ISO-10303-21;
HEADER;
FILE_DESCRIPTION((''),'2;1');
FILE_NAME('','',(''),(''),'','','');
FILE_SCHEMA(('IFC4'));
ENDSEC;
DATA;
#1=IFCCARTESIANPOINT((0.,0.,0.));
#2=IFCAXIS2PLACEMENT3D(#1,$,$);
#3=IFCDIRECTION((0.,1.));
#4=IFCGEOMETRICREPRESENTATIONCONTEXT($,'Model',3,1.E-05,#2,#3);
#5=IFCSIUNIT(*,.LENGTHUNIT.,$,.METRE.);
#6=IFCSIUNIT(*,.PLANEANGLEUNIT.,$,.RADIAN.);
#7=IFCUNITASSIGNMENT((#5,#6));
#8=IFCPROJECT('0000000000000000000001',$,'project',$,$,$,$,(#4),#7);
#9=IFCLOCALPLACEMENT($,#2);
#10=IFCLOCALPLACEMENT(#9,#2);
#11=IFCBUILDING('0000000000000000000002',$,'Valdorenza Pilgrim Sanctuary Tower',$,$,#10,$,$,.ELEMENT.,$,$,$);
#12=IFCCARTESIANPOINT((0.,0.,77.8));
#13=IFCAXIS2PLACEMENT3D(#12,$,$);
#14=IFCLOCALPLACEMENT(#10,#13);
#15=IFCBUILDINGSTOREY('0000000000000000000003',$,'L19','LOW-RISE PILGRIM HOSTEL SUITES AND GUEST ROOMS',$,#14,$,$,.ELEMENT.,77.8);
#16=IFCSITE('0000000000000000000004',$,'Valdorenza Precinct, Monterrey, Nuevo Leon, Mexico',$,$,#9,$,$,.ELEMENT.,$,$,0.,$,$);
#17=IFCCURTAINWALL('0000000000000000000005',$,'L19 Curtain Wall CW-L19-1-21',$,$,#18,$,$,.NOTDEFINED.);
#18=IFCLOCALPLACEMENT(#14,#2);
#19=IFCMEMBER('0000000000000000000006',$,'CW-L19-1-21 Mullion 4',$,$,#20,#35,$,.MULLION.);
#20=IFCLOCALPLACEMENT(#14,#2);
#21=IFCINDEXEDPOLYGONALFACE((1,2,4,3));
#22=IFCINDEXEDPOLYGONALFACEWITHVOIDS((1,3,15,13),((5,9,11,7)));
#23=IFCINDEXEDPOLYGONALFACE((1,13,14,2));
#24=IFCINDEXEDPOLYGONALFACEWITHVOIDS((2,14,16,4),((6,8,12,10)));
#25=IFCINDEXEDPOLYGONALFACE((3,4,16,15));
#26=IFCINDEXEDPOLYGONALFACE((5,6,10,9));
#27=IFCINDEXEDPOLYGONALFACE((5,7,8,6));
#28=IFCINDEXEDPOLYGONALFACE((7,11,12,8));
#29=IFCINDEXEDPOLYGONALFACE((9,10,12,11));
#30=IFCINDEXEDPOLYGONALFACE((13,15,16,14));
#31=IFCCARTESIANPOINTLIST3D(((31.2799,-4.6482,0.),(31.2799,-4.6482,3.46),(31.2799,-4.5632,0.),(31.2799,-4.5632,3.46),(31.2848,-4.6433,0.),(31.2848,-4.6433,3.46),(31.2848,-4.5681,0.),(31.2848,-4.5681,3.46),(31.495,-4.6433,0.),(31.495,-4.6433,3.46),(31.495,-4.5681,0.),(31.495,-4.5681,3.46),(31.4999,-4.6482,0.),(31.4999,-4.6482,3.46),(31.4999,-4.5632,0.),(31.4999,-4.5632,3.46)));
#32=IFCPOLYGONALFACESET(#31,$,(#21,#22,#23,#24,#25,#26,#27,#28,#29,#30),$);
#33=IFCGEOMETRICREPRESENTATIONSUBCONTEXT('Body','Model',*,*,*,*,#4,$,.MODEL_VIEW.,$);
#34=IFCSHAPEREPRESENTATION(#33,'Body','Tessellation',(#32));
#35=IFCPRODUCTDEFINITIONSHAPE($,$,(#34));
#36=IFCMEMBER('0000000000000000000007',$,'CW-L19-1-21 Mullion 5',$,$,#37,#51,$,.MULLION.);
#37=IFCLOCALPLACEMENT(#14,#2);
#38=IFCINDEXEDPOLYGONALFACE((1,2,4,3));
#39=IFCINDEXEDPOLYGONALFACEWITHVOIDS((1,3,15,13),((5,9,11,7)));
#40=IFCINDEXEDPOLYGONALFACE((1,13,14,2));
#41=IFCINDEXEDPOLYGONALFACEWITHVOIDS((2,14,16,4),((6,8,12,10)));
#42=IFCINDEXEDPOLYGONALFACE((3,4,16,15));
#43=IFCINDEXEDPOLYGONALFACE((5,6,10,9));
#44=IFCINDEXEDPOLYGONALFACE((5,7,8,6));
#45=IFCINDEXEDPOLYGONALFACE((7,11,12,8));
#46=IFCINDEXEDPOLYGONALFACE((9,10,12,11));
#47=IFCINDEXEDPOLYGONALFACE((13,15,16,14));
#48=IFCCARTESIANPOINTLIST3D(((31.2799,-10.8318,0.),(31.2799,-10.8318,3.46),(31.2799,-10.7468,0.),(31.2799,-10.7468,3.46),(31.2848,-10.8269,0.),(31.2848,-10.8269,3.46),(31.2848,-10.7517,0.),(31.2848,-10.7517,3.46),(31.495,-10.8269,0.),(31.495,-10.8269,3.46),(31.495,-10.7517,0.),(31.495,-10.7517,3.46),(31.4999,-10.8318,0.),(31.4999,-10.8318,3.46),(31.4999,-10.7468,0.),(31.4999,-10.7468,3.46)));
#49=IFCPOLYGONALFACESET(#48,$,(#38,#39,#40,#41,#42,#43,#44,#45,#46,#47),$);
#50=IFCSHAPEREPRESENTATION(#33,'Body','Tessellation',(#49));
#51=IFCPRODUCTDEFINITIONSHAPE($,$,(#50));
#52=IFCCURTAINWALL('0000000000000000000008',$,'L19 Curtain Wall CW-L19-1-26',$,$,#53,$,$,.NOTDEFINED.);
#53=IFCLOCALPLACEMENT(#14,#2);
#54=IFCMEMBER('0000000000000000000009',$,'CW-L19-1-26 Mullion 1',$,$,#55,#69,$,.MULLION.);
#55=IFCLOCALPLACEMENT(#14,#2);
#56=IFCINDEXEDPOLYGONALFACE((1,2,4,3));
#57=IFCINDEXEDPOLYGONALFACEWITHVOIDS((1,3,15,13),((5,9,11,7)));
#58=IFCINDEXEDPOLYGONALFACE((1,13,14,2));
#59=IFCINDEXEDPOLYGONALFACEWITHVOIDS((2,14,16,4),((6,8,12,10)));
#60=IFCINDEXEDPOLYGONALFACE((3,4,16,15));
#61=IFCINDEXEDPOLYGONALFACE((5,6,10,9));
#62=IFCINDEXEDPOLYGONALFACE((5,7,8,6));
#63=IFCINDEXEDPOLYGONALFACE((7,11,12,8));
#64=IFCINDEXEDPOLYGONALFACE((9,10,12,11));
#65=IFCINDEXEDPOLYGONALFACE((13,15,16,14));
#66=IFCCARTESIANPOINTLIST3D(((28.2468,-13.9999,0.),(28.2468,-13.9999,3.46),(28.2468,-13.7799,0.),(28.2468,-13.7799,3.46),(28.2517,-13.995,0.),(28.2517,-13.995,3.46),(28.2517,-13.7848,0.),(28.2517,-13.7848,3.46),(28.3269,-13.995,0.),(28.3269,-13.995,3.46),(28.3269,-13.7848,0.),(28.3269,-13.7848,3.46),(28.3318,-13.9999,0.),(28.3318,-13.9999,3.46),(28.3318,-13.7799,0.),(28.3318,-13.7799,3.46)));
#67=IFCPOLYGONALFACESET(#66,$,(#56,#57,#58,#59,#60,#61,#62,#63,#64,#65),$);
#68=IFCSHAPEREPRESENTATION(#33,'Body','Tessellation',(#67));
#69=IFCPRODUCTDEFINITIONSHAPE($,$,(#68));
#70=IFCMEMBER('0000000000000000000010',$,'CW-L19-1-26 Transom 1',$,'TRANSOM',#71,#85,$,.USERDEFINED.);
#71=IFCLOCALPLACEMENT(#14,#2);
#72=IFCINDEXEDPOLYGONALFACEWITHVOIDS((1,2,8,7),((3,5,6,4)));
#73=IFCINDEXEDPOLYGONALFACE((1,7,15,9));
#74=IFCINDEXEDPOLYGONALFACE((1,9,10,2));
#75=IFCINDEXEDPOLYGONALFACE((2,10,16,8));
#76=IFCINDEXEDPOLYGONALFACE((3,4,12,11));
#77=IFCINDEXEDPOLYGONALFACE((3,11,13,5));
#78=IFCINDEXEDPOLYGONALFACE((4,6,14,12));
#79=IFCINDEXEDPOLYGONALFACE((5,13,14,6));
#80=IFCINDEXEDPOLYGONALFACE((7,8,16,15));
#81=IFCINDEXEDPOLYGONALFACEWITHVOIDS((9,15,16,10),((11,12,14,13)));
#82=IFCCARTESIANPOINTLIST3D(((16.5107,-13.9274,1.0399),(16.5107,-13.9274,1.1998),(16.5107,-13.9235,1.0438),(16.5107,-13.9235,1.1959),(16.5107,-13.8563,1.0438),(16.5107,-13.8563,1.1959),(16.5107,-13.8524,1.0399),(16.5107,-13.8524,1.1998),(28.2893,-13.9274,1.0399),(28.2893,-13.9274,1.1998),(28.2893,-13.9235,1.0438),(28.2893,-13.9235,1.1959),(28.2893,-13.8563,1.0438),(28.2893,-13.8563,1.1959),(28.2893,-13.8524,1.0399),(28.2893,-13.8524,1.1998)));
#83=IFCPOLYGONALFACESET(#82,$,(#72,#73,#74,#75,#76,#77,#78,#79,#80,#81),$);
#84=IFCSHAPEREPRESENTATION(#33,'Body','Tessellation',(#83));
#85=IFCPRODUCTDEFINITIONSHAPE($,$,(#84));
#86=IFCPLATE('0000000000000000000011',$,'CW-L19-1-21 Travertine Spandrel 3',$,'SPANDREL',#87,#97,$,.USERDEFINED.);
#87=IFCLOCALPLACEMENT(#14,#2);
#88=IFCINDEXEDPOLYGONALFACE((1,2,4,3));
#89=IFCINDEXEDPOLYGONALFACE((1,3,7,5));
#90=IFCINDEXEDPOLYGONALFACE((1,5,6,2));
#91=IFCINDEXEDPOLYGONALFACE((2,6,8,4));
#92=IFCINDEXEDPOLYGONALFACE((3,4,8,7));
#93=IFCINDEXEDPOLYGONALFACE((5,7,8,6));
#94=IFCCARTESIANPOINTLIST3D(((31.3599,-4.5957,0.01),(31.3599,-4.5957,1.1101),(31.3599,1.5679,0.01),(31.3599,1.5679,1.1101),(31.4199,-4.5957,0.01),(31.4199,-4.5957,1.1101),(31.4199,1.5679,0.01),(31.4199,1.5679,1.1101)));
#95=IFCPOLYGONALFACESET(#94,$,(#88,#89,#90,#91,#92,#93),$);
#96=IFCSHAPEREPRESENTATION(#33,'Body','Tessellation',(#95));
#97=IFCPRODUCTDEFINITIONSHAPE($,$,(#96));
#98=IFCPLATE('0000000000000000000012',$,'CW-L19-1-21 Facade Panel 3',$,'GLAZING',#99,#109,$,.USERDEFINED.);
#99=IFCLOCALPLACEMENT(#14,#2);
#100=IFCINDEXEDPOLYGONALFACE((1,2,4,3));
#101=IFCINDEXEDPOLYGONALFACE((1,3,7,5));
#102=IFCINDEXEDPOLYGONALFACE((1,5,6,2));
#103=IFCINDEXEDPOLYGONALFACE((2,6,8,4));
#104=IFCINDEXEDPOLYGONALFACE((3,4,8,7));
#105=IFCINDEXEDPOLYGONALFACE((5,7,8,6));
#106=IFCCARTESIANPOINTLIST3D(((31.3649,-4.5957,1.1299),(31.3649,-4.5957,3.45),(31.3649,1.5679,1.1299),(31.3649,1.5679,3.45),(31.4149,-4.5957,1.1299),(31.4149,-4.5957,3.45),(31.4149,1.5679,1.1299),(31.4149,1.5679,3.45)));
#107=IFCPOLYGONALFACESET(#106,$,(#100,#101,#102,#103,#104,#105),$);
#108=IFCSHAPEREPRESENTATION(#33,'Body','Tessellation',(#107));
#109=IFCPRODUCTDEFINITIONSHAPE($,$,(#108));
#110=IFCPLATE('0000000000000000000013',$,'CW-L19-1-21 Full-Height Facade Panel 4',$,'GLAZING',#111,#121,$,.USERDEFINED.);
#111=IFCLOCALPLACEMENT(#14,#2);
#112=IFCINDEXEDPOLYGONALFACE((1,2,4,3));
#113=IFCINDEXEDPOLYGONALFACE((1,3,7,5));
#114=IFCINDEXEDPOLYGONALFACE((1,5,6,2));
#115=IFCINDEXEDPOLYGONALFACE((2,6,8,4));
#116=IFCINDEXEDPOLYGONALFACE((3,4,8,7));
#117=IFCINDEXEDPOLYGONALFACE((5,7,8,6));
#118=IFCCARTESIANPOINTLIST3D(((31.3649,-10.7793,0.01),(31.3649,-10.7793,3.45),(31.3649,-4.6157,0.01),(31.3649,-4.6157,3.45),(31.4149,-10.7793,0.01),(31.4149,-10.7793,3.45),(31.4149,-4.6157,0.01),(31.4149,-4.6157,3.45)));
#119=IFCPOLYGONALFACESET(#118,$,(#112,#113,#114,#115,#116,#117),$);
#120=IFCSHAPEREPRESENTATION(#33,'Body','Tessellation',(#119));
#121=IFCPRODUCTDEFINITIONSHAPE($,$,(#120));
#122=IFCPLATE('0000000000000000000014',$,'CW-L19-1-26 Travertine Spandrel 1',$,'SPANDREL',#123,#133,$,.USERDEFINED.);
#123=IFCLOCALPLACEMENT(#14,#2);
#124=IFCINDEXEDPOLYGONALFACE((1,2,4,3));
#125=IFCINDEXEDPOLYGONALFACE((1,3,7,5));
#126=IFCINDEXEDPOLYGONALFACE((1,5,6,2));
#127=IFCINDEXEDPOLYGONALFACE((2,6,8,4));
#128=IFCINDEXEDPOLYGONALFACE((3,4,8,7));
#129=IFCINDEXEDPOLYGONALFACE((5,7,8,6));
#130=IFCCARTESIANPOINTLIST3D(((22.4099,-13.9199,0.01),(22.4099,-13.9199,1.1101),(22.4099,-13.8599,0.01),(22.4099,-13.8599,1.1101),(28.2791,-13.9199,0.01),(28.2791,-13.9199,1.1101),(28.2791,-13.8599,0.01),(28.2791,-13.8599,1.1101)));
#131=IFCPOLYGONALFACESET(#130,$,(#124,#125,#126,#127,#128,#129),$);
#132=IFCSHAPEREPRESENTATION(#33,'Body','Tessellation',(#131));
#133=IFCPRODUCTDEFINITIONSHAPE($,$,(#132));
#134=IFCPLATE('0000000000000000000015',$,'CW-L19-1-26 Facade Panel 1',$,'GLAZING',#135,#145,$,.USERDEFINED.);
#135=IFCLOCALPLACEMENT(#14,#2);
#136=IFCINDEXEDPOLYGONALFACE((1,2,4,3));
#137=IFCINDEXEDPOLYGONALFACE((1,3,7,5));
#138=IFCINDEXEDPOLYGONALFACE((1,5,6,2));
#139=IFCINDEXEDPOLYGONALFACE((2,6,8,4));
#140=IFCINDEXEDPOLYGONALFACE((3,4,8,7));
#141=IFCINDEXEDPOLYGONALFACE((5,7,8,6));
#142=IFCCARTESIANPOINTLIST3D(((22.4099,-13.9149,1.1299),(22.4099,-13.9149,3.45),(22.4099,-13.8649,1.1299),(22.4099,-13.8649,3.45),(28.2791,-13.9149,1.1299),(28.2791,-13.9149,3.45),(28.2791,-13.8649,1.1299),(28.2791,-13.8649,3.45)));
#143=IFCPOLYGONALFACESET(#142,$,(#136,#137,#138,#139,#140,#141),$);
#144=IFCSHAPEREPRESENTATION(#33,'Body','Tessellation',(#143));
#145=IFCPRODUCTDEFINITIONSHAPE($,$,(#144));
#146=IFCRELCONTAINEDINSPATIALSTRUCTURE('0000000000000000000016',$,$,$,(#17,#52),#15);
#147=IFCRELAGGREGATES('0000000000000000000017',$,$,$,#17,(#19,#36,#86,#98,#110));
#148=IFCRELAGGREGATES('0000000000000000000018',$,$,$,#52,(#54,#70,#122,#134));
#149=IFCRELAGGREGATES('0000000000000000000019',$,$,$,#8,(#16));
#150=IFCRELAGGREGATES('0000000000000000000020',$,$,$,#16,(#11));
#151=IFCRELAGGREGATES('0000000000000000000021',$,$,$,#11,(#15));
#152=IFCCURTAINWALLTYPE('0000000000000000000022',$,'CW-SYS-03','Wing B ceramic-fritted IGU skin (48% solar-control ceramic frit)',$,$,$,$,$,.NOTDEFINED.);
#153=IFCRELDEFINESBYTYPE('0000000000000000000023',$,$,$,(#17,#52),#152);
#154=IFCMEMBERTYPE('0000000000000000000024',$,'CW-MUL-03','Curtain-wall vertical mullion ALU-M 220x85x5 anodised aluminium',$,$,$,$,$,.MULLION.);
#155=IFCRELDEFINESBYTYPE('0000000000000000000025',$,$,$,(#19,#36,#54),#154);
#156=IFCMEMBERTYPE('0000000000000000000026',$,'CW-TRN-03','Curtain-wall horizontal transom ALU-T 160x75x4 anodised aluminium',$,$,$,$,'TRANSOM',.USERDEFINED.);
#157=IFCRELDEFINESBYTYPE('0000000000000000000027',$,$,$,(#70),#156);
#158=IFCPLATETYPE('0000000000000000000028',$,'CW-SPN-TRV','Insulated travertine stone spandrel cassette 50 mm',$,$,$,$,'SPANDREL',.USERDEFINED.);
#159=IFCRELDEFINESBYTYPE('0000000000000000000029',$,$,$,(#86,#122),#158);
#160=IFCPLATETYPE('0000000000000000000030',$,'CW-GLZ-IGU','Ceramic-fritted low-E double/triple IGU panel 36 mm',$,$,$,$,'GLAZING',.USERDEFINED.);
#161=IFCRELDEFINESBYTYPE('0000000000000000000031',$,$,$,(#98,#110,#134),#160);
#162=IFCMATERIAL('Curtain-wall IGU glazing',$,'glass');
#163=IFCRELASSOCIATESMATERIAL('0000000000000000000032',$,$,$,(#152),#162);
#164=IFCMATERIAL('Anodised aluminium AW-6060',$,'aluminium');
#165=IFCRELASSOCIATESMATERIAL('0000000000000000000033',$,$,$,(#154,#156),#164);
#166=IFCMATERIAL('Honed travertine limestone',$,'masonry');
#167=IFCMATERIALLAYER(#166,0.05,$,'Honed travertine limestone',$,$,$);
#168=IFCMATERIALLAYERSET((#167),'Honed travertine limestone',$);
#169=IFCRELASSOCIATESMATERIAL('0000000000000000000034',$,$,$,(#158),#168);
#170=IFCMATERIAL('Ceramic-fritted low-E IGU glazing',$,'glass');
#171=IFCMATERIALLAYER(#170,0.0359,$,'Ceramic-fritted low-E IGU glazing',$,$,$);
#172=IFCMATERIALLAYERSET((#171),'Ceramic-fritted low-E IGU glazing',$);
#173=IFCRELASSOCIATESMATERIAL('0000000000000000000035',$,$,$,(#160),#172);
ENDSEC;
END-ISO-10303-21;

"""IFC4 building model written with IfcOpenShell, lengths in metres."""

from ifc_helpers import new_model, si_unit, direction, frame, origin, origin_2d, place, context, subcontext, project, spatial, rectangle, hollow_rectangle, extrude, source, transform, mapped, material, layer, layer_set, material_profile, profile_set, type_object, element, aggregate, save


model = new_model("IFC4")

# Units and contexts
model_context = context("Model", 3, precision=1e-05, world=origin(), true_north=direction((0.0, 1.0)))
body_context = subcontext(model_context, "Body", "Model", "MODEL_VIEW")
ifc_project = project(units=[si_unit("LENGTHUNIT", "METRE"), si_unit("PLANEANGLEUNIT", "RADIAN")], contexts=[model_context])

# Site, building, storey
site_placement = place(None, origin())
site = spatial("IfcSite", under=ifc_project, at=site_placement, Name="Valdorenza Precinct, Monterrey, Nuevo Leon, Mexico", CompositionType="ELEMENT", RefElevation=0.0)
building_placement = place(site_placement, origin())
building = spatial("IfcBuilding", under=site, at=building_placement, Name="Valdorenza Pilgrim Sanctuary Tower", CompositionType="ELEMENT")
storey_placement = place(building_placement, frame((0.0, 0.0, 77.8)))
storey = spatial("IfcBuildingStorey", under=building, at=storey_placement, Name="L19", Description="LOW-RISE PILGRIM HOSTEL SUITES AND GUEST ROOMS", CompositionType="ELEMENT", Elevation=77.8)

# Curtain walls, members
ifc_material_1 = material(Name="Curtain-wall IGU glazing", Category="glass")
curtain_wall_type = type_object("IfcCurtainWallType", Name="CW-SYS-03", Description="Wing B ceramic-fritted IGU skin (48% solar-control ceramic frit)", PredefinedType="NOTDEFINED", material=ifc_material_1)
curtain_wall_1_placement = place(storey_placement, origin())
curtain_wall_1 = element("IfcCurtainWall", 1, at=curtain_wall_1_placement, inside=storey, type_object=curtain_wall_type, Name="L19 Curtain Wall CW-L19-1-21", PredefinedType="NOTDEFINED")
ifc_material_2 = material(Name="Anodised aluminium AW-6060", Category="aluminium")
ifc_material_profile_1 = material_profile(ifc_material_2, hollow_rectangle(XDim=0.085, YDim=0.22, WallThickness=0.0049, at=origin_2d()), Name="ALU-M 220x85x5")
ifc_profile_set_1 = profile_set([ifc_material_profile_1], Name="Anodised aluminium AW-6060")
member_type_1 = type_object("IfcMemberType", Name="CW-MUL-03", Description="Curtain-wall vertical mullion ALU-M 220x85x5 anodised aluminium", PredefinedType="MULLION", material=ifc_profile_set_1)
shared_shape_1 = source(origin(), body_context, "Body", "SweptSolid", [
    extrude(hollow_rectangle(XDim=0.085, YDim=0.22, WallThickness=0.0049, at=origin_2d()), origin(), (0.0, 0.0, 1.0), 3.46),
])
member_1_placement = place(storey_placement, frame((31.3899, -4.6057, 0.0), z_axis=(0.0, 0.0, 1.0), x_axis=(0.0, -1.0, 0.0)))
member_1 = element("IfcMember", 2, at=member_1_placement, type_object=member_type_1, Name="CW-L19-1-21 Mullion 4", PredefinedType="MULLION", context=body_context, shape_type="MappedRepresentation", body=[
    mapped(shared_shape_1, transform((0.0, 0.0, 0.0), x_axis=(1.0, 0.0, 0.0), y_axis=(0.0, 1.0, 0.0), z_axis=(0.0, 0.0, 1.0), scale=1.0)),
])
member_2_placement = place(storey_placement, frame((31.3899, -10.7893, 0.0), z_axis=(0.0, 0.0, 1.0), x_axis=(0.0, -1.0, 0.0)))
member_2 = element("IfcMember", 3, at=member_2_placement, type_object=member_type_1, Name="CW-L19-1-21 Mullion 5", PredefinedType="MULLION", context=body_context, shape_type="MappedRepresentation", body=[
    mapped(shared_shape_1, transform((0.0, 0.0, 0.0), x_axis=(1.0, 0.0, 0.0), y_axis=(0.0, 1.0, 0.0), z_axis=(0.0, 0.0, 1.0), scale=1.0)),
])
curtain_wall_2_placement = place(storey_placement, origin())
curtain_wall_2 = element("IfcCurtainWall", 4, at=curtain_wall_2_placement, inside=storey, type_object=curtain_wall_type, Name="L19 Curtain Wall CW-L19-1-26", PredefinedType="NOTDEFINED")
member_3_placement = place(storey_placement, frame((28.2893, -13.8899, 0.0), z_axis=(0.0, 0.0, 1.0), x_axis=(-1.0, 0.0, 0.0)))
member_3 = element("IfcMember", 5, at=member_3_placement, type_object=member_type_1, Name="CW-L19-1-26 Mullion 1", PredefinedType="MULLION", context=body_context, shape_type="MappedRepresentation", body=[
    mapped(shared_shape_1, transform((0.0, 0.0, 0.0), x_axis=(1.0, 0.0, 0.0), y_axis=(0.0, 1.0, 0.0), z_axis=(0.0, 0.0, 1.0), scale=1.0)),
])
ifc_material_profile_2 = material_profile(ifc_material_2, hollow_rectangle(XDim=0.075, YDim=0.1599, WallThickness=0.0039, at=origin_2d()), Name="ALU-T 160x75x4")
ifc_profile_set_2 = profile_set([ifc_material_profile_2], Name="Anodised aluminium AW-6060")
member_type_2 = type_object("IfcMemberType", Name="CW-TRN-03", Description="Curtain-wall horizontal transom ALU-T 160x75x4 anodised aluminium", ElementType="TRANSOM", PredefinedType="USERDEFINED", material=ifc_profile_set_2)
shared_shape_2 = source(origin(), body_context, "Body", "SweptSolid", [
    extrude(hollow_rectangle(XDim=0.075, YDim=0.1599, WallThickness=0.0039, at=origin_2d()), origin(), (0.0, 0.0, 1.0), 11.7786),
])
member_4_placement = place(storey_placement, frame((28.2893, -13.8899, 1.1199), z_axis=(-1.0, 0.0, 0.0), x_axis=(0.0, -1.0, 0.0)))
member_4 = element("IfcMember", 6, at=member_4_placement, type_object=member_type_2, Name="CW-L19-1-26 Transom 1", ObjectType="TRANSOM", PredefinedType="USERDEFINED", context=body_context, shape_type="MappedRepresentation", body=[
    mapped(shared_shape_2, transform((0.0, 0.0, 0.0), x_axis=(1.0, 0.0, 0.0), y_axis=(0.0, 1.0, 0.0), z_axis=(0.0, 0.0, 1.0), scale=1.0)),
])

# Plates
ifc_material_3 = material(Name="Honed travertine limestone", Category="masonry")
ifc_layer_1 = layer(ifc_material_3, 0.05, Name="Honed travertine limestone")
ifc_layer_set_1 = layer_set([ifc_layer_1], Name="Honed travertine limestone")
plate_type_1 = type_object("IfcPlateType", Name="CW-SPN-TRV", Description="Insulated travertine stone spandrel cassette 50 mm", ElementType="SPANDREL", PredefinedType="USERDEFINED", material=ifc_layer_set_1)
shared_shape_3 = source(origin(), body_context, "Body", "SweptSolid", [
    extrude(rectangle(XDim=6.1636, YDim=0.0601, at=origin_2d()), origin(), (0.0, 0.0, 1.0), 1.1001),
])
plate_1_placement = place(storey_placement, frame((31.3899, -1.5139, 0.01), z_axis=(0.0, 0.0, 1.0), x_axis=(0.0, -1.0, 0.0)))
plate_1 = element("IfcPlate", 7, at=plate_1_placement, type_object=plate_type_1, Name="CW-L19-1-21 Travertine Spandrel 3", ObjectType="SPANDREL", PredefinedType="USERDEFINED", context=body_context, shape_type="MappedRepresentation", body=[
    mapped(shared_shape_3, transform((0.0, 0.0, 0.0), x_axis=(1.0, 0.0, 0.0), y_axis=(0.0, 1.0, 0.0), z_axis=(0.0, 0.0, 1.0), scale=1.0)),
])
ifc_material_4 = material(Name="Ceramic-fritted low-E IGU glazing", Category="glass")
ifc_layer_2 = layer(ifc_material_4, 0.0359, Name="Ceramic-fritted low-E IGU glazing")
ifc_layer_set_2 = layer_set([ifc_layer_2], Name="Ceramic-fritted low-E IGU glazing")
plate_type_2 = type_object("IfcPlateType", Name="CW-GLZ-IGU", Description="Ceramic-fritted low-E double/triple IGU panel 36 mm", ElementType="GLAZING", PredefinedType="USERDEFINED", material=ifc_layer_set_2)
shared_shape_4 = source(origin(), body_context, "Body", "SweptSolid", [
    extrude(rectangle(XDim=6.1636, YDim=0.05, at=origin_2d()), origin(), (0.0, 0.0, 1.0), 2.3201),
])
plate_2_placement = place(storey_placement, frame((31.3899, -1.5139, 1.1299), z_axis=(0.0, 0.0, 1.0), x_axis=(0.0, -1.0, 0.0)))
plate_2 = element("IfcPlate", 8, at=plate_2_placement, type_object=plate_type_2, Name="CW-L19-1-21 Facade Panel 3", ObjectType="GLAZING", PredefinedType="USERDEFINED", context=body_context, shape_type="MappedRepresentation", body=[
    mapped(shared_shape_4, transform((0.0, 0.0, 0.0), x_axis=(1.0, 0.0, 0.0), y_axis=(0.0, 1.0, 0.0), z_axis=(0.0, 0.0, 1.0), scale=1.0)),
])
shared_shape_5 = source(origin(), body_context, "Body", "SweptSolid", [
    extrude(rectangle(XDim=6.1636, YDim=0.05, at=origin_2d()), origin(), (0.0, 0.0, 1.0), 3.4399),
])
plate_3_placement = place(storey_placement, frame((31.3899, -7.6975, 0.01), z_axis=(0.0, 0.0, 1.0), x_axis=(0.0, -1.0, 0.0)))
plate_3 = element("IfcPlate", 9, at=plate_3_placement, type_object=plate_type_2, Name="CW-L19-1-21 Full-Height Facade Panel 4", ObjectType="GLAZING", PredefinedType="USERDEFINED", context=body_context, shape_type="MappedRepresentation", body=[
    mapped(shared_shape_5, transform((0.0, 0.0, 0.0), x_axis=(1.0, 0.0, 0.0), y_axis=(0.0, 1.0, 0.0), z_axis=(0.0, 0.0, 1.0), scale=1.0)),
])
aggregate(curtain_wall_1, [member_1, member_2, plate_1, plate_2, plate_3])
shared_shape_6 = source(origin(), body_context, "Body", "SweptSolid", [
    extrude(rectangle(XDim=5.8691, YDim=0.0601, at=origin_2d()), origin(), (0.0, 0.0, 1.0), 1.1001),
])
plate_4_placement = place(storey_placement, frame((25.3445, -13.8899, 0.01), z_axis=(0.0, 0.0, 1.0), x_axis=(-1.0, 0.0, 0.0)))
plate_4 = element("IfcPlate", 10, at=plate_4_placement, type_object=plate_type_1, Name="CW-L19-1-26 Travertine Spandrel 1", ObjectType="SPANDREL", PredefinedType="USERDEFINED", context=body_context, shape_type="MappedRepresentation", body=[
    mapped(shared_shape_6, transform((0.0, 0.0, 0.0), x_axis=(1.0, 0.0, 0.0), y_axis=(0.0, 1.0, 0.0), z_axis=(0.0, 0.0, 1.0), scale=1.0)),
])
shared_shape_7 = source(origin(), body_context, "Body", "SweptSolid", [
    extrude(rectangle(XDim=5.8691, YDim=0.05, at=origin_2d()), origin(), (0.0, 0.0, 1.0), 2.3201),
])
plate_5_placement = place(storey_placement, frame((25.3445, -13.8899, 1.1299), z_axis=(0.0, 0.0, 1.0), x_axis=(-1.0, 0.0, 0.0)))
plate_5 = element("IfcPlate", 11, at=plate_5_placement, type_object=plate_type_2, Name="CW-L19-1-26 Facade Panel 1", ObjectType="GLAZING", PredefinedType="USERDEFINED", context=body_context, shape_type="MappedRepresentation", body=[
    mapped(shared_shape_7, transform((0.0, 0.0, 0.0), x_axis=(1.0, 0.0, 0.0), y_axis=(0.0, 1.0, 0.0), z_axis=(0.0, 0.0, 1.0), scale=1.0)),
])
aggregate(curtain_wall_2, [member_3, member_4, plate_4, plate_5])

save(model, "model.ifc")
